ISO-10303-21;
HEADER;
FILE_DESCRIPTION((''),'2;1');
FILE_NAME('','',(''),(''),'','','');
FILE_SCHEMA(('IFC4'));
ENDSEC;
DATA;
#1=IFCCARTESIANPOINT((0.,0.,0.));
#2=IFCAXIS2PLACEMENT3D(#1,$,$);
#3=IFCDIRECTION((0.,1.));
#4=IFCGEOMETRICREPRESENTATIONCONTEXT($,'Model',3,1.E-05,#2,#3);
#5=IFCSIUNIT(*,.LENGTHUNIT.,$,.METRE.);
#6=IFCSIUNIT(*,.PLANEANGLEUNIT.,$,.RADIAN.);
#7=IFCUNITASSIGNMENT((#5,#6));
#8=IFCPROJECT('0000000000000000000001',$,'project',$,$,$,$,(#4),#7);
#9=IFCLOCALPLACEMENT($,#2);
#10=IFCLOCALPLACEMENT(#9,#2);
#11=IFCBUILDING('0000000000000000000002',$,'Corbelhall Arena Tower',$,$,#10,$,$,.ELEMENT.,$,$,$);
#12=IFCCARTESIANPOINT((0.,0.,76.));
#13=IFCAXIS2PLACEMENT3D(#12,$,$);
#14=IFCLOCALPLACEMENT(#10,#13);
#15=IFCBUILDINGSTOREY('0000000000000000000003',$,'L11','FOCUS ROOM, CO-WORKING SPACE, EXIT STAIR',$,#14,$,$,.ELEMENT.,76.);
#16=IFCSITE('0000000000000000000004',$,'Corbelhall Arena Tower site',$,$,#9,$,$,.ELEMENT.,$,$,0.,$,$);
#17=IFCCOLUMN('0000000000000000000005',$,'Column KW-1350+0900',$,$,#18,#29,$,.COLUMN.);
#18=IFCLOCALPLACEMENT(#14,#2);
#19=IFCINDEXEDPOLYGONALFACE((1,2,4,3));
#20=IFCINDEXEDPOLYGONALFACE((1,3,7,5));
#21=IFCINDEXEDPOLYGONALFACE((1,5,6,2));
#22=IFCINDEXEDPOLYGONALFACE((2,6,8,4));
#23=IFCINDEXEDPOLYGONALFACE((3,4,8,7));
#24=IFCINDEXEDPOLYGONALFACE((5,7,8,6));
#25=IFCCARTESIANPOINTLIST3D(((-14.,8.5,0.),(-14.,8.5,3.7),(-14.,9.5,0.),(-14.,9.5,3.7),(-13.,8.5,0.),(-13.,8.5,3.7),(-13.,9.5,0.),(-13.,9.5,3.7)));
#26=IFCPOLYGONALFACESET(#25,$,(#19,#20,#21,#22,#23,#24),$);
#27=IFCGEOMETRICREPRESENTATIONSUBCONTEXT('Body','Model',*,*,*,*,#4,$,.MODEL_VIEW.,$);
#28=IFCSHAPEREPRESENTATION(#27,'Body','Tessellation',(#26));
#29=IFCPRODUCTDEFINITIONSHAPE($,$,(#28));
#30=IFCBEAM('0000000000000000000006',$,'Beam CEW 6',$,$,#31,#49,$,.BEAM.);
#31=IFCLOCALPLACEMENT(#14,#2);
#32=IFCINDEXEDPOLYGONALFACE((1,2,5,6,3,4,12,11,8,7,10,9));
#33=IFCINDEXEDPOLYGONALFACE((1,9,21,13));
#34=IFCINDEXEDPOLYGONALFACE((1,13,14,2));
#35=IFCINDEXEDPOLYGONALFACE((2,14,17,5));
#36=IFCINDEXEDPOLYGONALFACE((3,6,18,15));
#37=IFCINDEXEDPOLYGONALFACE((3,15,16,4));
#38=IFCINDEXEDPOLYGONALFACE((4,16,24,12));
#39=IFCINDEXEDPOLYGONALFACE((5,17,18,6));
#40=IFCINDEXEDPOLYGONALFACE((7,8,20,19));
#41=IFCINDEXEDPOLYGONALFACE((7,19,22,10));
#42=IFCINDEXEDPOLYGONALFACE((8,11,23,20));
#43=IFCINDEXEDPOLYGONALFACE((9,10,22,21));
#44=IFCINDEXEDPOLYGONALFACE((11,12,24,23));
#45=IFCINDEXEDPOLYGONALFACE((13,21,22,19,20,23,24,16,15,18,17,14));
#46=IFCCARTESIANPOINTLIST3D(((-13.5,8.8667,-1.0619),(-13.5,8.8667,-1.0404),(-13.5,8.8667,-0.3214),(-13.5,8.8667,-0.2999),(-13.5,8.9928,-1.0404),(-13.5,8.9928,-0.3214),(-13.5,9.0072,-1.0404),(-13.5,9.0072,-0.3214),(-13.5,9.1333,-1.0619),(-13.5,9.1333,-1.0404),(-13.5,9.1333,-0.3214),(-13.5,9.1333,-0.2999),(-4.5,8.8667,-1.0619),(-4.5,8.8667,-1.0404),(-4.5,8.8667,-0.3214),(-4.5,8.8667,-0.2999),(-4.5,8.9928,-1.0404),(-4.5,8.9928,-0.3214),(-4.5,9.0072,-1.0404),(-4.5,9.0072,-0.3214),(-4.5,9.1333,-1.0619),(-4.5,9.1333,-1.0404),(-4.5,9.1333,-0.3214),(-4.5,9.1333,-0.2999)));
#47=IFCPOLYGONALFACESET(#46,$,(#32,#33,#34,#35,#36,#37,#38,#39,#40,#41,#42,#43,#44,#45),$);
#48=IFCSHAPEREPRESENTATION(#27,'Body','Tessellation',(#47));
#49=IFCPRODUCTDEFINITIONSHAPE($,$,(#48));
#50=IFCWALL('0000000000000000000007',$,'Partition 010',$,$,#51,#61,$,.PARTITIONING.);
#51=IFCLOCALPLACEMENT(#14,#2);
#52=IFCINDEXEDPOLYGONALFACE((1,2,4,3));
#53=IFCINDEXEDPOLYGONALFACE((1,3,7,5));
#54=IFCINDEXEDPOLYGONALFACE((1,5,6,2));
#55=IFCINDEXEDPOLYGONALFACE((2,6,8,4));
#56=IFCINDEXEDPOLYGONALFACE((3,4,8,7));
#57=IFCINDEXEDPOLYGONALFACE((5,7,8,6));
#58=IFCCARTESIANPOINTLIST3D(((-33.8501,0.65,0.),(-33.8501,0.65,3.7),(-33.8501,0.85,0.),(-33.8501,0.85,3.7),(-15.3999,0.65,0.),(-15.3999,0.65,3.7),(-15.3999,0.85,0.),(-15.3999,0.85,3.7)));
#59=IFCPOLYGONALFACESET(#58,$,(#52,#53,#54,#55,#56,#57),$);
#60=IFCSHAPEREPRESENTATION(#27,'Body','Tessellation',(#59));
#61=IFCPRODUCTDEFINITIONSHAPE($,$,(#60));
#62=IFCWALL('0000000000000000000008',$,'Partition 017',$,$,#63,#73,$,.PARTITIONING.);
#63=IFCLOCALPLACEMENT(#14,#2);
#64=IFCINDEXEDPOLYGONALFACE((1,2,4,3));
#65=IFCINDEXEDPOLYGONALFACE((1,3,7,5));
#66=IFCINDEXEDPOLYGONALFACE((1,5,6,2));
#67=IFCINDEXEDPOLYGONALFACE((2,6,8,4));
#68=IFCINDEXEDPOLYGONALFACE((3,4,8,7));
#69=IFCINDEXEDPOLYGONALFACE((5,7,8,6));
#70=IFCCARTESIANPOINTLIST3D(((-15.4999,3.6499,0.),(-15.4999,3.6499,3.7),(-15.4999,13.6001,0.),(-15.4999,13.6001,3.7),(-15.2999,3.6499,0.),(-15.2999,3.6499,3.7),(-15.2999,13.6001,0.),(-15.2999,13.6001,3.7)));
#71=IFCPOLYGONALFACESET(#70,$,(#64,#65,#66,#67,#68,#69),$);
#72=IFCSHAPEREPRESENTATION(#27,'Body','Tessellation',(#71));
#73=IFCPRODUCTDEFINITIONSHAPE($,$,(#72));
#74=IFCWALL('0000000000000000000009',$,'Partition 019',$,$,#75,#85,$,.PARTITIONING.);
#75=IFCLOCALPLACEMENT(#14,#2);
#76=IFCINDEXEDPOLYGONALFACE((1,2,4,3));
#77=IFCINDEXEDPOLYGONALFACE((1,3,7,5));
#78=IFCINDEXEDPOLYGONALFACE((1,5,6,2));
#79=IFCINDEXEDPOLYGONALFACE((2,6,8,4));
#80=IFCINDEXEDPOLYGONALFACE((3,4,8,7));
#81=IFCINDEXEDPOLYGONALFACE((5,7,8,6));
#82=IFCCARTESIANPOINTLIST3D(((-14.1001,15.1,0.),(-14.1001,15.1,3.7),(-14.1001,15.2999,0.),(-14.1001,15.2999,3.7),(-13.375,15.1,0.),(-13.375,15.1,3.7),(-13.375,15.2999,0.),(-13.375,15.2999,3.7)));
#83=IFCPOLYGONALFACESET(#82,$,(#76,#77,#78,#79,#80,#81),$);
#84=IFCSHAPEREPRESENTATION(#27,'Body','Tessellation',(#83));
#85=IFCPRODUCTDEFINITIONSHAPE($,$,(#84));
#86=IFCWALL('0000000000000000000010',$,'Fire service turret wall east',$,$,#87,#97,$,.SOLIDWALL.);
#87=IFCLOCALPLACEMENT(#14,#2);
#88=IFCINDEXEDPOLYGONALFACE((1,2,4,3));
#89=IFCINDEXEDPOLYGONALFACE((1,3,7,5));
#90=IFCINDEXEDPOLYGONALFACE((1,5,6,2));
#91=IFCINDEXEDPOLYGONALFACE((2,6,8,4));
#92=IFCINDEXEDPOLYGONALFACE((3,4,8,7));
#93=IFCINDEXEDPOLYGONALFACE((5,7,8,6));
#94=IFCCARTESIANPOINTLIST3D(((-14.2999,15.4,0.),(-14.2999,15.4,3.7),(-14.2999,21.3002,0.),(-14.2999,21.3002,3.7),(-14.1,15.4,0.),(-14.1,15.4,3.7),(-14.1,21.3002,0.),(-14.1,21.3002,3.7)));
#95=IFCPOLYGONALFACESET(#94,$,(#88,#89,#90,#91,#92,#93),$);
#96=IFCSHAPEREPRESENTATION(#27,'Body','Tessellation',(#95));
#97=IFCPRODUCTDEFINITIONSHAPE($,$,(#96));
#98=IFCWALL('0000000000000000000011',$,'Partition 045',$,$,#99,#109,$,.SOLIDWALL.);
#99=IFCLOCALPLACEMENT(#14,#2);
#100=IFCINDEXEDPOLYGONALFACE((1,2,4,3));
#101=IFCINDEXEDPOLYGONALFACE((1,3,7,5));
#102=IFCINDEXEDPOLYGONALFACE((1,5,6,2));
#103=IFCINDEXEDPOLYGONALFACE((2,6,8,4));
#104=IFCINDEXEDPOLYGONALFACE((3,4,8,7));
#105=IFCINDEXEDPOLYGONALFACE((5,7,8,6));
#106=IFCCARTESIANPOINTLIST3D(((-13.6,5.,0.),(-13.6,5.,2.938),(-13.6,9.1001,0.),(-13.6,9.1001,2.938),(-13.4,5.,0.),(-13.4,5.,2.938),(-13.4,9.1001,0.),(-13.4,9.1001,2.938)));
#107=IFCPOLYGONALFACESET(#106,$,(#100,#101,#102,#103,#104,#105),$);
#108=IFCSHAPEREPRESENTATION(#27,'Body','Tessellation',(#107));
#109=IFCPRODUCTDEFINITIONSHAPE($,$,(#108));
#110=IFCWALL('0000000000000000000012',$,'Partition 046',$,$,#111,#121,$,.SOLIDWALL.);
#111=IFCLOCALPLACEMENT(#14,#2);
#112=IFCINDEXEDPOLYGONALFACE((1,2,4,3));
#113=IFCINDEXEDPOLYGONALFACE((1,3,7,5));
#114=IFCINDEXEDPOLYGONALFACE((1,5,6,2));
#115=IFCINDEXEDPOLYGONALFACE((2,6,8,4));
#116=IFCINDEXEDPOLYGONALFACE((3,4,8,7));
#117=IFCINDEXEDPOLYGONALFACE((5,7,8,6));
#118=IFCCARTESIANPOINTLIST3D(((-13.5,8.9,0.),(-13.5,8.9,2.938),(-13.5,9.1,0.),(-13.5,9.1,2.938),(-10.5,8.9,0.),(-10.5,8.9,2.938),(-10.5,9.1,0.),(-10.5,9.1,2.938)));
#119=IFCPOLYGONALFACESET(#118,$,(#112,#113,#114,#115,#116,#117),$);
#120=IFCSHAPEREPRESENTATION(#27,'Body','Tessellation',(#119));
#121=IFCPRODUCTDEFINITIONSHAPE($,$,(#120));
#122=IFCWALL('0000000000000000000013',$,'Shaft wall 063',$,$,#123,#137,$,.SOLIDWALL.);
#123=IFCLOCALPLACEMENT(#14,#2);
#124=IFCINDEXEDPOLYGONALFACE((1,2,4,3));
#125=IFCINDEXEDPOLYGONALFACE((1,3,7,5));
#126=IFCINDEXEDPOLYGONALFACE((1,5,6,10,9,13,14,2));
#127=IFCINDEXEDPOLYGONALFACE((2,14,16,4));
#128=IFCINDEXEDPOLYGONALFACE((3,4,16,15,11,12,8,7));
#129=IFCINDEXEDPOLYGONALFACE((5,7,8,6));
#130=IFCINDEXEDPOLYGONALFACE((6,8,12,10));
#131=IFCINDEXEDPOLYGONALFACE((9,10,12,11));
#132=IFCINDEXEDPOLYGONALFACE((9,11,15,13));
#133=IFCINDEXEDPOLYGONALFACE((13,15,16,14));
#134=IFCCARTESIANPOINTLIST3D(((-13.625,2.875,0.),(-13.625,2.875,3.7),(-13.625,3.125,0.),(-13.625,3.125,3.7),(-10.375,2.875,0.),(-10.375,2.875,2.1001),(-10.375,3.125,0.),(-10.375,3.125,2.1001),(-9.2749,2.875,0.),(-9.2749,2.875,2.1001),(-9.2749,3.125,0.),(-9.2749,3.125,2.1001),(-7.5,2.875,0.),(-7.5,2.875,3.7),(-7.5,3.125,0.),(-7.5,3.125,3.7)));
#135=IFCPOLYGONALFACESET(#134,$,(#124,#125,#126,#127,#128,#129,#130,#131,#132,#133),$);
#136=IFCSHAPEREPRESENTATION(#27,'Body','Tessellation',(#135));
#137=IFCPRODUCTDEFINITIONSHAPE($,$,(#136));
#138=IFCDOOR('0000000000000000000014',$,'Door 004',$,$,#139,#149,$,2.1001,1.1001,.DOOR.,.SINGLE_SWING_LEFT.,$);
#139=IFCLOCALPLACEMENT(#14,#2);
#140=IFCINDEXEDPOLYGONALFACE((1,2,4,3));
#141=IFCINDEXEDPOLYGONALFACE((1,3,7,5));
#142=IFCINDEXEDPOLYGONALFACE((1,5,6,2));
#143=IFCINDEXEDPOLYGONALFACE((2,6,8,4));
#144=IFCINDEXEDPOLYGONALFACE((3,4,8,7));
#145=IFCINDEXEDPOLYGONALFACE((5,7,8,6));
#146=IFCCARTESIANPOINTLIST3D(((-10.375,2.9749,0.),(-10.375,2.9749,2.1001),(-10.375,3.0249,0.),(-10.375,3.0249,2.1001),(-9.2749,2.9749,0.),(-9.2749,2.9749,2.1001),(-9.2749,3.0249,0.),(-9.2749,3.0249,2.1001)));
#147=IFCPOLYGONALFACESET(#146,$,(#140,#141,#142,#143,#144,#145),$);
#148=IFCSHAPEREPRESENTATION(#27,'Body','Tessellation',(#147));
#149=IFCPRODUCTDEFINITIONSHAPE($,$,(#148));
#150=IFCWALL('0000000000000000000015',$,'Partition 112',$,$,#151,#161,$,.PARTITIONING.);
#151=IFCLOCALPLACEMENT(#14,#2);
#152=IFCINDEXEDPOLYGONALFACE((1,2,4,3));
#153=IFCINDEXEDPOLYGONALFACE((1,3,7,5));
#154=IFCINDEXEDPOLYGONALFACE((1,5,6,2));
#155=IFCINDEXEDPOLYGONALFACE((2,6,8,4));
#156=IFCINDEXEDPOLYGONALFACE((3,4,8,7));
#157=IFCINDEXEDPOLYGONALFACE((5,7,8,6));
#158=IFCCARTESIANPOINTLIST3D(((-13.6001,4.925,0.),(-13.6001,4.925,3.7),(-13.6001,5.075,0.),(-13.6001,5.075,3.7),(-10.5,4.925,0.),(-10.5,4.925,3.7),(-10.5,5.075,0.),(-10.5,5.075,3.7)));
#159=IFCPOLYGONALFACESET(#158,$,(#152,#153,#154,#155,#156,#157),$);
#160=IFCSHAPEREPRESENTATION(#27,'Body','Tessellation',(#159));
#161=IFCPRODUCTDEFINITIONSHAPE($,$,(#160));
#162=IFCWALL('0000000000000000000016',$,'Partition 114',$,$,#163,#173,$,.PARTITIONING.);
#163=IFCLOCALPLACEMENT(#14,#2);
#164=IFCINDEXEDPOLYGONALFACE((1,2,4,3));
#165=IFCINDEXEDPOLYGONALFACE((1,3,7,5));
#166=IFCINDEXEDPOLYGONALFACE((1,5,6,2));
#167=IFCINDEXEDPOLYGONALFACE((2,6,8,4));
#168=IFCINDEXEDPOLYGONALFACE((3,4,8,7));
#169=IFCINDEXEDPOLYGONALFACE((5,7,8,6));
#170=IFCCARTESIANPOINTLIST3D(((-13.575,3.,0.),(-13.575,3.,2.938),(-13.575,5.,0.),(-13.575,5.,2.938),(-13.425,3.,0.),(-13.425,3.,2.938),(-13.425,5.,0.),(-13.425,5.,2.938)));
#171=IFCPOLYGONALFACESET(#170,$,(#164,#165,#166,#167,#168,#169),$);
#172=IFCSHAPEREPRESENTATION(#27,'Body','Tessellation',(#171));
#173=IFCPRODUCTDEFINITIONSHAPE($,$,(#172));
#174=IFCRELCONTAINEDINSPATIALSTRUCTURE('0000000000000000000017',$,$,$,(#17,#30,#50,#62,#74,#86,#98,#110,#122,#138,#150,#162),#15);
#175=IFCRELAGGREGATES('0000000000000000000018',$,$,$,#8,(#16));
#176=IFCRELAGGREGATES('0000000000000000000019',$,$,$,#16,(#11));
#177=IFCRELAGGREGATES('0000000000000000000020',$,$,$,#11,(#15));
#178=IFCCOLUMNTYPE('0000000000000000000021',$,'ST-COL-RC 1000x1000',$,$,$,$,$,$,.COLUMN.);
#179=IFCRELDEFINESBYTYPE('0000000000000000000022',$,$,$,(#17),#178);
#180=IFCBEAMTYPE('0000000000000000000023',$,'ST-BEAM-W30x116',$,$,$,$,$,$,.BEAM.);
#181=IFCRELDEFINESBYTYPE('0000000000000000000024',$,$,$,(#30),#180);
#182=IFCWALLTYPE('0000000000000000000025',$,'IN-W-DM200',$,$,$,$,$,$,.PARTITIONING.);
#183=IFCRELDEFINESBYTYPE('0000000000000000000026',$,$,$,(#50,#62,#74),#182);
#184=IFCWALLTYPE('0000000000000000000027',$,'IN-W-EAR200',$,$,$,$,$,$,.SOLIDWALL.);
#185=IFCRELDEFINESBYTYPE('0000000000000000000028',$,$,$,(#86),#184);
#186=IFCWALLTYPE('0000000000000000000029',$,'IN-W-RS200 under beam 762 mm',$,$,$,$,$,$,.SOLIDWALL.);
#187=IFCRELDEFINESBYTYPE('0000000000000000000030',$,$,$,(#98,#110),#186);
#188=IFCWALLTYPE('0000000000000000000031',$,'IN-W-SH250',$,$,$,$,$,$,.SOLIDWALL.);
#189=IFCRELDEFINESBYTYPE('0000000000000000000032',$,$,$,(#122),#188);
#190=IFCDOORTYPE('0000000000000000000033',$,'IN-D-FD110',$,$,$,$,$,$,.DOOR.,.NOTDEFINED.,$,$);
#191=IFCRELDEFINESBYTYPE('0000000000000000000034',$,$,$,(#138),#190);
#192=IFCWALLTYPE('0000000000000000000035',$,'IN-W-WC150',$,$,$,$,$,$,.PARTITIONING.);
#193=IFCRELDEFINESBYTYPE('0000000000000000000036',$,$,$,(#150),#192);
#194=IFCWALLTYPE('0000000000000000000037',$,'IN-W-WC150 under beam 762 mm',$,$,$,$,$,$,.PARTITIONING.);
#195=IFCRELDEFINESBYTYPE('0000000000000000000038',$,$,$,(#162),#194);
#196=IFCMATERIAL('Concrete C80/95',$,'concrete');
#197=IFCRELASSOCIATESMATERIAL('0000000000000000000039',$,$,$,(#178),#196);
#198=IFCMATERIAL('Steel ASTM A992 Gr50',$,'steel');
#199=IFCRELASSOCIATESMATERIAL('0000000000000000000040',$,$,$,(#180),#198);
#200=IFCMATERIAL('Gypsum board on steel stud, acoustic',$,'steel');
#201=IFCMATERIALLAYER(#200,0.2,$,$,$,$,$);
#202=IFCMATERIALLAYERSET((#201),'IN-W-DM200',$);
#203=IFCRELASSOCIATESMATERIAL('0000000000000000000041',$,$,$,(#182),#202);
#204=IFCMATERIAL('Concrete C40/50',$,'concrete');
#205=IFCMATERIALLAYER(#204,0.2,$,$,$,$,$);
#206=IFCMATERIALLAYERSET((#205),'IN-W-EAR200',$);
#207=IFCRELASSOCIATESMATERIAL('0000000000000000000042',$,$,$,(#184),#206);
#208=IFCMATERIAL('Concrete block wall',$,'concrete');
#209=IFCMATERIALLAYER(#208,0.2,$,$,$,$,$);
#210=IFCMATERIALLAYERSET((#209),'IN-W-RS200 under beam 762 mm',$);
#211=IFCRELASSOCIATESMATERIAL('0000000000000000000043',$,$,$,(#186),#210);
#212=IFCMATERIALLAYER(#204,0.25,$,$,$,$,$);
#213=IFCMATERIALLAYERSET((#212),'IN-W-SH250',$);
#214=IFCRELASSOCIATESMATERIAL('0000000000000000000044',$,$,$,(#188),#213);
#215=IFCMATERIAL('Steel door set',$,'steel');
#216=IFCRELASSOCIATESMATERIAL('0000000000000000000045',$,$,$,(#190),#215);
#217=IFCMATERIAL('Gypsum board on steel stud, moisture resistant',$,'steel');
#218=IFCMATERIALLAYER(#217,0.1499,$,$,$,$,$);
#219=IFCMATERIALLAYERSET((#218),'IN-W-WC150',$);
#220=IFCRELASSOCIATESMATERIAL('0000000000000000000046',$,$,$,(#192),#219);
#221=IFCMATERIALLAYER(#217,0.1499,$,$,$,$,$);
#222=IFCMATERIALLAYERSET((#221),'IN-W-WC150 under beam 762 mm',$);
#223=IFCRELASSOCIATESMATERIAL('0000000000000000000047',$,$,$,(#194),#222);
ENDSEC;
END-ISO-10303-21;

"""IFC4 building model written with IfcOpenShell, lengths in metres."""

from ifc_helpers import new_model, si_unit, direction, frame, frame_2d, origin, origin_2d, place, context, subcontext, project, spatial, rectangle, i_section, extrude, material, layer, layer_set, material_profile, profile_set, type_object, element, fill, save


model = new_model("IFC4")

# Units and contexts
model_context = context("Model", 3, precision=1e-05, world=origin(), true_north=direction((0.0, 1.0)))
body_context = subcontext(model_context, "Body", "Model", "MODEL_VIEW")
ifc_project = project(units=[si_unit("LENGTHUNIT", "METRE"), si_unit("PLANEANGLEUNIT", "RADIAN")], contexts=[model_context])

# Site, building, storey
site_placement = place(None, origin())
site = spatial("IfcSite", under=ifc_project, at=site_placement, Name="Corbelhall Arena Tower site", CompositionType="ELEMENT", RefElevation=0.0)
building_placement = place(site_placement, origin())
building = spatial("IfcBuilding", under=site, at=building_placement, Name="Corbelhall Arena Tower", CompositionType="ELEMENT")
storey_placement = place(building_placement, frame((0.0, 0.0, 76.0)))
storey = spatial("IfcBuildingStorey", under=building, at=storey_placement, Name="L11", Description="FOCUS ROOM, CO-WORKING SPACE, EXIT STAIR", CompositionType="ELEMENT", Elevation=76.0)

# Column
ifc_material_1 = material(Name="Concrete C80/95", Category="concrete")
ifc_material_profile_1 = material_profile(ifc_material_1, rectangle(XDim=1.0, YDim=1.0, at=origin_2d()))
ifc_profile_set_1 = profile_set([ifc_material_profile_1], Name="Concrete C80/95")
column_type = type_object("IfcColumnType", Name="ST-COL-RC 1000x1000", PredefinedType="COLUMN", material=ifc_profile_set_1)
column_placement = place(storey_placement, frame((-13.5, 9.0, 0.0), z_axis=(0.0, 0.0, 1.0), x_axis=(1.0, 0.0, 0.0)))
element("IfcColumn", 1, at=column_placement, inside=storey, type_object=column_type, Name="Column KW-1350+0900", PredefinedType="COLUMN", context=body_context, shape_type="SweptSolid", body=[
    extrude(rectangle(XDim=1.0, YDim=1.0, at=origin_2d()), origin(), (0.0, 0.0, 1.0), 3.7),
])

# Beam
ifc_material_2 = material(Name="Steel ASTM A992 Gr50", Category="steel")
ifc_material_profile_2 = material_profile(ifc_material_2, i_section(OverallWidth=0.2666, OverallDepth=0.762, WebThickness=0.0144, FlangeThickness=0.0215, at=origin_2d()))
ifc_profile_set_2 = profile_set([ifc_material_profile_2], Name="Steel ASTM A992 Gr50")
beam_type = type_object("IfcBeamType", Name="ST-BEAM-W30x116", PredefinedType="BEAM", material=ifc_profile_set_2)
beam_placement = place(storey_placement, frame((-13.5, 9.0, -0.6809), z_axis=(1.0, 0.0, 0.0), x_axis=(0.0, 1.0, 0.0)))
element("IfcBeam", 2, at=beam_placement, inside=storey, type_object=beam_type, Name="Beam CEW 6", PredefinedType="BEAM", context=body_context, shape_type="SweptSolid", body=[
    extrude(i_section(OverallWidth=0.2666, OverallDepth=0.762, WebThickness=0.0144, FlangeThickness=0.0215, at=origin_2d()), origin(), (0.0, 0.0, 1.0), 9.0),
])

# Walls
ifc_material_3 = material(Name="Gypsum board on steel stud, acoustic", Category="steel")
ifc_layer_1 = layer(ifc_material_3, 0.2)
ifc_layer_set_1 = layer_set([ifc_layer_1], Name="IN-W-DM200")
wall_type_1 = type_object("IfcWallType", Name="IN-W-DM200", PredefinedType="PARTITIONING", material=ifc_layer_set_1)
wall_1_placement = place(storey_placement, frame((-15.3999, 0.75, 0.0), z_axis=(0.0, 0.0, 1.0), x_axis=(-1.0, 0.0, 0.0)))
element("IfcWall", 3, at=wall_1_placement, inside=storey, type_object=wall_type_1, Name="Partition 010", PredefinedType="PARTITIONING", context=body_context, shape_type="SweptSolid", body=[
    extrude(rectangle(XDim=18.4502, YDim=0.2, at=frame_2d((9.2251, 0.0))), origin(), (0.0, 0.0, 1.0), 3.7),
])
wall_2_placement = place(storey_placement, frame((-15.3999, 3.6499, 0.0), z_axis=(0.0, 0.0, 1.0), x_axis=(0.0, 1.0, 0.0)))
element("IfcWall", 4, at=wall_2_placement, inside=storey, type_object=wall_type_1, Name="Partition 017", PredefinedType="PARTITIONING", context=body_context, shape_type="SweptSolid", body=[
    extrude(rectangle(XDim=9.9502, YDim=0.2, at=frame_2d((4.9751, 0.0))), origin(), (0.0, 0.0, 1.0), 3.7),
])

# Shared definitions
ifc_material_4 = material(Name="Steel door set", Category="steel")

# Walls
wall_3_placement = place(storey_placement, frame((-14.1001, 15.2, 0.0), z_axis=(0.0, 0.0, 1.0), x_axis=(1.0, 0.0, 0.0)))
element("IfcWall", 5, at=wall_3_placement, inside=storey, type_object=wall_type_1, Name="Partition 019", PredefinedType="PARTITIONING", context=body_context, shape_type="SweptSolid", body=[
    extrude(rectangle(XDim=0.7251, YDim=0.2, at=frame_2d((0.3625, 0.0))), origin(), (0.0, 0.0, 1.0), 3.7),
])
ifc_material_5 = material(Name="Concrete C40/50", Category="concrete")
ifc_layer_2 = layer(ifc_material_5, 0.2)
ifc_layer_set_2 = layer_set([ifc_layer_2], Name="IN-W-EAR200")
wall_type_2 = type_object("IfcWallType", Name="IN-W-EAR200", PredefinedType="SOLIDWALL", material=ifc_layer_set_2)
wall_4_placement = place(storey_placement, frame((-14.2, 15.3999, 0.0), z_axis=(0.0, 0.0, 1.0), x_axis=(0.0, 1.0, 0.0)))
element("IfcWall", 6, at=wall_4_placement, inside=storey, type_object=wall_type_2, Name="Fire service turret wall east", PredefinedType="SOLIDWALL", context=body_context, shape_type="SweptSolid", body=[
    extrude(rectangle(XDim=5.9001, YDim=0.2, at=frame_2d((2.9502, 0.0))), origin(), (0.0, 0.0, 1.0), 3.7),
])

# Walls
ifc_material_6 = material(Name="Concrete block wall", Category="concrete")
ifc_layer_3 = layer(ifc_material_6, 0.2)
ifc_layer_set_3 = layer_set([ifc_layer_3], Name="IN-W-RS200 under beam 762 mm")
wall_type_3 = type_object("IfcWallType", Name="IN-W-RS200 under beam 762 mm", PredefinedType="SOLIDWALL", material=ifc_layer_set_3)
wall_5_placement = place(storey_placement, frame((-13.5, 5.0, 0.0), z_axis=(0.0, 0.0, 1.0), x_axis=(0.0, 1.0, 0.0)))
element("IfcWall", 7, at=wall_5_placement, inside=storey, type_object=wall_type_3, Name="Partition 045", PredefinedType="SOLIDWALL", context=body_context, shape_type="SweptSolid", body=[
    extrude(rectangle(XDim=4.1001, YDim=0.2, at=frame_2d((2.05, 0.0))), origin(), (0.0, 0.0, 1.0), 2.938),
])
wall_6_placement = place(storey_placement, frame((-13.5, 9.0, 0.0), z_axis=(0.0, 0.0, 1.0), x_axis=(1.0, 0.0, 0.0)))
element("IfcWall", 8, at=wall_6_placement, inside=storey, type_object=wall_type_3, Name="Partition 046", PredefinedType="SOLIDWALL", context=body_context, shape_type="SweptSolid", body=[
    extrude(rectangle(XDim=3.0, YDim=0.2, at=frame_2d((1.5, 0.0))), origin(), (0.0, 0.0, 1.0), 2.938),
])

# Wall, opening, door
ifc_layer_4 = layer(ifc_material_5, 0.25)
ifc_layer_set_4 = layer_set([ifc_layer_4], Name="IN-W-SH250")
wall_type_4 = type_object("IfcWallType", Name="IN-W-SH250", PredefinedType="SOLIDWALL", material=ifc_layer_set_4)
wall_7_placement = place(storey_placement, frame((-13.625, 3.0, 0.0), z_axis=(0.0, 0.0, 1.0), x_axis=(1.0, 0.0, 0.0)))
wall_7 = element("IfcWall", 9, at=wall_7_placement, inside=storey, type_object=wall_type_4, Name="Shaft wall 063", PredefinedType="SOLIDWALL", context=body_context, shape_type="SweptSolid", body=[
    extrude(rectangle(XDim=6.125, YDim=0.25, at=frame_2d((3.0625, 0.0))), origin(), (0.0, 0.0, 1.0), 3.7),
])
opening_1_placement = place(wall_7_placement, frame((3.25, 0.0, 0.0)))
opening_1 = element("IfcOpeningElement", 10, at=opening_1_placement, cuts=wall_7, PredefinedType="OPENING", context=body_context, shape_type="SweptSolid", body=[
    extrude(rectangle(XDim=1.1001, YDim=2.1001, at=frame_2d((0.55, 1.05))), frame((0.0, 0.125, 0.0), z_axis=(0.0, -1.0, 0.0), x_axis=(1.0, 0.0, 0.0)), (0.0, 0.0, 1.0), 0.25),
])
door_type_1 = type_object("IfcDoorType", Name="IN-D-FD110", OperationType="NOTDEFINED", PredefinedType="DOOR", material=ifc_material_4)
door_1_placement = place(opening_1_placement, origin())
door_1 = element("IfcDoor", 11, at=door_1_placement, inside=storey, type_object=door_type_1, Name="Door 004", OperationType="SINGLE_SWING_LEFT", OverallHeight=2.1001, OverallWidth=1.1001, PredefinedType="DOOR", context=body_context, shape_type="SweptSolid", body=[
    extrude(rectangle(XDim=1.1001, YDim=2.1001, at=frame_2d((0.55, 1.05))), frame((0.0, 0.0249, 0.0), z_axis=(0.0, -1.0, 0.0), x_axis=(1.0, 0.0, 0.0)), (0.0, 0.0, 1.0), 0.05),
])
fill(opening_1, door_1)

# Walls
ifc_material_7 = material(Name="Gypsum board on steel stud, moisture resistant", Category="steel")
ifc_layer_5 = layer(ifc_material_7, 0.1499)
ifc_layer_set_5 = layer_set([ifc_layer_5], Name="IN-W-WC150")
wall_type_5 = type_object("IfcWallType", Name="IN-W-WC150", PredefinedType="PARTITIONING", material=ifc_layer_set_5)
wall_8_placement = place(storey_placement, frame((-13.6001, 5.0, 0.0), z_axis=(0.0, 0.0, 1.0), x_axis=(1.0, 0.0, 0.0)))
element("IfcWall", 12, at=wall_8_placement, inside=storey, type_object=wall_type_5, Name="Partition 112", PredefinedType="PARTITIONING", context=body_context, shape_type="SweptSolid", body=[
    extrude(rectangle(XDim=3.1001, YDim=0.1499, at=frame_2d((1.55, 0.0))), origin(), (0.0, 0.0, 1.0), 3.7),
])
ifc_layer_6 = layer(ifc_material_7, 0.1499)
ifc_layer_set_6 = layer_set([ifc_layer_6], Name="IN-W-WC150 under beam 762 mm")
wall_type_6 = type_object("IfcWallType", Name="IN-W-WC150 under beam 762 mm", PredefinedType="PARTITIONING", material=ifc_layer_set_6)
wall_9_placement = place(storey_placement, frame((-13.5, 3.0, 0.0), z_axis=(0.0, 0.0, 1.0), x_axis=(0.0, 1.0, 0.0)))
element("IfcWall", 13, at=wall_9_placement, inside=storey, type_object=wall_type_6, Name="Partition 114", PredefinedType="PARTITIONING", context=body_context, shape_type="SweptSolid", body=[
    extrude(rectangle(XDim=2.0, YDim=0.1499, at=frame_2d((1.0, 0.0))), origin(), (0.0, 0.0, 1.0), 2.938),
])

save(model, "model.ifc")
